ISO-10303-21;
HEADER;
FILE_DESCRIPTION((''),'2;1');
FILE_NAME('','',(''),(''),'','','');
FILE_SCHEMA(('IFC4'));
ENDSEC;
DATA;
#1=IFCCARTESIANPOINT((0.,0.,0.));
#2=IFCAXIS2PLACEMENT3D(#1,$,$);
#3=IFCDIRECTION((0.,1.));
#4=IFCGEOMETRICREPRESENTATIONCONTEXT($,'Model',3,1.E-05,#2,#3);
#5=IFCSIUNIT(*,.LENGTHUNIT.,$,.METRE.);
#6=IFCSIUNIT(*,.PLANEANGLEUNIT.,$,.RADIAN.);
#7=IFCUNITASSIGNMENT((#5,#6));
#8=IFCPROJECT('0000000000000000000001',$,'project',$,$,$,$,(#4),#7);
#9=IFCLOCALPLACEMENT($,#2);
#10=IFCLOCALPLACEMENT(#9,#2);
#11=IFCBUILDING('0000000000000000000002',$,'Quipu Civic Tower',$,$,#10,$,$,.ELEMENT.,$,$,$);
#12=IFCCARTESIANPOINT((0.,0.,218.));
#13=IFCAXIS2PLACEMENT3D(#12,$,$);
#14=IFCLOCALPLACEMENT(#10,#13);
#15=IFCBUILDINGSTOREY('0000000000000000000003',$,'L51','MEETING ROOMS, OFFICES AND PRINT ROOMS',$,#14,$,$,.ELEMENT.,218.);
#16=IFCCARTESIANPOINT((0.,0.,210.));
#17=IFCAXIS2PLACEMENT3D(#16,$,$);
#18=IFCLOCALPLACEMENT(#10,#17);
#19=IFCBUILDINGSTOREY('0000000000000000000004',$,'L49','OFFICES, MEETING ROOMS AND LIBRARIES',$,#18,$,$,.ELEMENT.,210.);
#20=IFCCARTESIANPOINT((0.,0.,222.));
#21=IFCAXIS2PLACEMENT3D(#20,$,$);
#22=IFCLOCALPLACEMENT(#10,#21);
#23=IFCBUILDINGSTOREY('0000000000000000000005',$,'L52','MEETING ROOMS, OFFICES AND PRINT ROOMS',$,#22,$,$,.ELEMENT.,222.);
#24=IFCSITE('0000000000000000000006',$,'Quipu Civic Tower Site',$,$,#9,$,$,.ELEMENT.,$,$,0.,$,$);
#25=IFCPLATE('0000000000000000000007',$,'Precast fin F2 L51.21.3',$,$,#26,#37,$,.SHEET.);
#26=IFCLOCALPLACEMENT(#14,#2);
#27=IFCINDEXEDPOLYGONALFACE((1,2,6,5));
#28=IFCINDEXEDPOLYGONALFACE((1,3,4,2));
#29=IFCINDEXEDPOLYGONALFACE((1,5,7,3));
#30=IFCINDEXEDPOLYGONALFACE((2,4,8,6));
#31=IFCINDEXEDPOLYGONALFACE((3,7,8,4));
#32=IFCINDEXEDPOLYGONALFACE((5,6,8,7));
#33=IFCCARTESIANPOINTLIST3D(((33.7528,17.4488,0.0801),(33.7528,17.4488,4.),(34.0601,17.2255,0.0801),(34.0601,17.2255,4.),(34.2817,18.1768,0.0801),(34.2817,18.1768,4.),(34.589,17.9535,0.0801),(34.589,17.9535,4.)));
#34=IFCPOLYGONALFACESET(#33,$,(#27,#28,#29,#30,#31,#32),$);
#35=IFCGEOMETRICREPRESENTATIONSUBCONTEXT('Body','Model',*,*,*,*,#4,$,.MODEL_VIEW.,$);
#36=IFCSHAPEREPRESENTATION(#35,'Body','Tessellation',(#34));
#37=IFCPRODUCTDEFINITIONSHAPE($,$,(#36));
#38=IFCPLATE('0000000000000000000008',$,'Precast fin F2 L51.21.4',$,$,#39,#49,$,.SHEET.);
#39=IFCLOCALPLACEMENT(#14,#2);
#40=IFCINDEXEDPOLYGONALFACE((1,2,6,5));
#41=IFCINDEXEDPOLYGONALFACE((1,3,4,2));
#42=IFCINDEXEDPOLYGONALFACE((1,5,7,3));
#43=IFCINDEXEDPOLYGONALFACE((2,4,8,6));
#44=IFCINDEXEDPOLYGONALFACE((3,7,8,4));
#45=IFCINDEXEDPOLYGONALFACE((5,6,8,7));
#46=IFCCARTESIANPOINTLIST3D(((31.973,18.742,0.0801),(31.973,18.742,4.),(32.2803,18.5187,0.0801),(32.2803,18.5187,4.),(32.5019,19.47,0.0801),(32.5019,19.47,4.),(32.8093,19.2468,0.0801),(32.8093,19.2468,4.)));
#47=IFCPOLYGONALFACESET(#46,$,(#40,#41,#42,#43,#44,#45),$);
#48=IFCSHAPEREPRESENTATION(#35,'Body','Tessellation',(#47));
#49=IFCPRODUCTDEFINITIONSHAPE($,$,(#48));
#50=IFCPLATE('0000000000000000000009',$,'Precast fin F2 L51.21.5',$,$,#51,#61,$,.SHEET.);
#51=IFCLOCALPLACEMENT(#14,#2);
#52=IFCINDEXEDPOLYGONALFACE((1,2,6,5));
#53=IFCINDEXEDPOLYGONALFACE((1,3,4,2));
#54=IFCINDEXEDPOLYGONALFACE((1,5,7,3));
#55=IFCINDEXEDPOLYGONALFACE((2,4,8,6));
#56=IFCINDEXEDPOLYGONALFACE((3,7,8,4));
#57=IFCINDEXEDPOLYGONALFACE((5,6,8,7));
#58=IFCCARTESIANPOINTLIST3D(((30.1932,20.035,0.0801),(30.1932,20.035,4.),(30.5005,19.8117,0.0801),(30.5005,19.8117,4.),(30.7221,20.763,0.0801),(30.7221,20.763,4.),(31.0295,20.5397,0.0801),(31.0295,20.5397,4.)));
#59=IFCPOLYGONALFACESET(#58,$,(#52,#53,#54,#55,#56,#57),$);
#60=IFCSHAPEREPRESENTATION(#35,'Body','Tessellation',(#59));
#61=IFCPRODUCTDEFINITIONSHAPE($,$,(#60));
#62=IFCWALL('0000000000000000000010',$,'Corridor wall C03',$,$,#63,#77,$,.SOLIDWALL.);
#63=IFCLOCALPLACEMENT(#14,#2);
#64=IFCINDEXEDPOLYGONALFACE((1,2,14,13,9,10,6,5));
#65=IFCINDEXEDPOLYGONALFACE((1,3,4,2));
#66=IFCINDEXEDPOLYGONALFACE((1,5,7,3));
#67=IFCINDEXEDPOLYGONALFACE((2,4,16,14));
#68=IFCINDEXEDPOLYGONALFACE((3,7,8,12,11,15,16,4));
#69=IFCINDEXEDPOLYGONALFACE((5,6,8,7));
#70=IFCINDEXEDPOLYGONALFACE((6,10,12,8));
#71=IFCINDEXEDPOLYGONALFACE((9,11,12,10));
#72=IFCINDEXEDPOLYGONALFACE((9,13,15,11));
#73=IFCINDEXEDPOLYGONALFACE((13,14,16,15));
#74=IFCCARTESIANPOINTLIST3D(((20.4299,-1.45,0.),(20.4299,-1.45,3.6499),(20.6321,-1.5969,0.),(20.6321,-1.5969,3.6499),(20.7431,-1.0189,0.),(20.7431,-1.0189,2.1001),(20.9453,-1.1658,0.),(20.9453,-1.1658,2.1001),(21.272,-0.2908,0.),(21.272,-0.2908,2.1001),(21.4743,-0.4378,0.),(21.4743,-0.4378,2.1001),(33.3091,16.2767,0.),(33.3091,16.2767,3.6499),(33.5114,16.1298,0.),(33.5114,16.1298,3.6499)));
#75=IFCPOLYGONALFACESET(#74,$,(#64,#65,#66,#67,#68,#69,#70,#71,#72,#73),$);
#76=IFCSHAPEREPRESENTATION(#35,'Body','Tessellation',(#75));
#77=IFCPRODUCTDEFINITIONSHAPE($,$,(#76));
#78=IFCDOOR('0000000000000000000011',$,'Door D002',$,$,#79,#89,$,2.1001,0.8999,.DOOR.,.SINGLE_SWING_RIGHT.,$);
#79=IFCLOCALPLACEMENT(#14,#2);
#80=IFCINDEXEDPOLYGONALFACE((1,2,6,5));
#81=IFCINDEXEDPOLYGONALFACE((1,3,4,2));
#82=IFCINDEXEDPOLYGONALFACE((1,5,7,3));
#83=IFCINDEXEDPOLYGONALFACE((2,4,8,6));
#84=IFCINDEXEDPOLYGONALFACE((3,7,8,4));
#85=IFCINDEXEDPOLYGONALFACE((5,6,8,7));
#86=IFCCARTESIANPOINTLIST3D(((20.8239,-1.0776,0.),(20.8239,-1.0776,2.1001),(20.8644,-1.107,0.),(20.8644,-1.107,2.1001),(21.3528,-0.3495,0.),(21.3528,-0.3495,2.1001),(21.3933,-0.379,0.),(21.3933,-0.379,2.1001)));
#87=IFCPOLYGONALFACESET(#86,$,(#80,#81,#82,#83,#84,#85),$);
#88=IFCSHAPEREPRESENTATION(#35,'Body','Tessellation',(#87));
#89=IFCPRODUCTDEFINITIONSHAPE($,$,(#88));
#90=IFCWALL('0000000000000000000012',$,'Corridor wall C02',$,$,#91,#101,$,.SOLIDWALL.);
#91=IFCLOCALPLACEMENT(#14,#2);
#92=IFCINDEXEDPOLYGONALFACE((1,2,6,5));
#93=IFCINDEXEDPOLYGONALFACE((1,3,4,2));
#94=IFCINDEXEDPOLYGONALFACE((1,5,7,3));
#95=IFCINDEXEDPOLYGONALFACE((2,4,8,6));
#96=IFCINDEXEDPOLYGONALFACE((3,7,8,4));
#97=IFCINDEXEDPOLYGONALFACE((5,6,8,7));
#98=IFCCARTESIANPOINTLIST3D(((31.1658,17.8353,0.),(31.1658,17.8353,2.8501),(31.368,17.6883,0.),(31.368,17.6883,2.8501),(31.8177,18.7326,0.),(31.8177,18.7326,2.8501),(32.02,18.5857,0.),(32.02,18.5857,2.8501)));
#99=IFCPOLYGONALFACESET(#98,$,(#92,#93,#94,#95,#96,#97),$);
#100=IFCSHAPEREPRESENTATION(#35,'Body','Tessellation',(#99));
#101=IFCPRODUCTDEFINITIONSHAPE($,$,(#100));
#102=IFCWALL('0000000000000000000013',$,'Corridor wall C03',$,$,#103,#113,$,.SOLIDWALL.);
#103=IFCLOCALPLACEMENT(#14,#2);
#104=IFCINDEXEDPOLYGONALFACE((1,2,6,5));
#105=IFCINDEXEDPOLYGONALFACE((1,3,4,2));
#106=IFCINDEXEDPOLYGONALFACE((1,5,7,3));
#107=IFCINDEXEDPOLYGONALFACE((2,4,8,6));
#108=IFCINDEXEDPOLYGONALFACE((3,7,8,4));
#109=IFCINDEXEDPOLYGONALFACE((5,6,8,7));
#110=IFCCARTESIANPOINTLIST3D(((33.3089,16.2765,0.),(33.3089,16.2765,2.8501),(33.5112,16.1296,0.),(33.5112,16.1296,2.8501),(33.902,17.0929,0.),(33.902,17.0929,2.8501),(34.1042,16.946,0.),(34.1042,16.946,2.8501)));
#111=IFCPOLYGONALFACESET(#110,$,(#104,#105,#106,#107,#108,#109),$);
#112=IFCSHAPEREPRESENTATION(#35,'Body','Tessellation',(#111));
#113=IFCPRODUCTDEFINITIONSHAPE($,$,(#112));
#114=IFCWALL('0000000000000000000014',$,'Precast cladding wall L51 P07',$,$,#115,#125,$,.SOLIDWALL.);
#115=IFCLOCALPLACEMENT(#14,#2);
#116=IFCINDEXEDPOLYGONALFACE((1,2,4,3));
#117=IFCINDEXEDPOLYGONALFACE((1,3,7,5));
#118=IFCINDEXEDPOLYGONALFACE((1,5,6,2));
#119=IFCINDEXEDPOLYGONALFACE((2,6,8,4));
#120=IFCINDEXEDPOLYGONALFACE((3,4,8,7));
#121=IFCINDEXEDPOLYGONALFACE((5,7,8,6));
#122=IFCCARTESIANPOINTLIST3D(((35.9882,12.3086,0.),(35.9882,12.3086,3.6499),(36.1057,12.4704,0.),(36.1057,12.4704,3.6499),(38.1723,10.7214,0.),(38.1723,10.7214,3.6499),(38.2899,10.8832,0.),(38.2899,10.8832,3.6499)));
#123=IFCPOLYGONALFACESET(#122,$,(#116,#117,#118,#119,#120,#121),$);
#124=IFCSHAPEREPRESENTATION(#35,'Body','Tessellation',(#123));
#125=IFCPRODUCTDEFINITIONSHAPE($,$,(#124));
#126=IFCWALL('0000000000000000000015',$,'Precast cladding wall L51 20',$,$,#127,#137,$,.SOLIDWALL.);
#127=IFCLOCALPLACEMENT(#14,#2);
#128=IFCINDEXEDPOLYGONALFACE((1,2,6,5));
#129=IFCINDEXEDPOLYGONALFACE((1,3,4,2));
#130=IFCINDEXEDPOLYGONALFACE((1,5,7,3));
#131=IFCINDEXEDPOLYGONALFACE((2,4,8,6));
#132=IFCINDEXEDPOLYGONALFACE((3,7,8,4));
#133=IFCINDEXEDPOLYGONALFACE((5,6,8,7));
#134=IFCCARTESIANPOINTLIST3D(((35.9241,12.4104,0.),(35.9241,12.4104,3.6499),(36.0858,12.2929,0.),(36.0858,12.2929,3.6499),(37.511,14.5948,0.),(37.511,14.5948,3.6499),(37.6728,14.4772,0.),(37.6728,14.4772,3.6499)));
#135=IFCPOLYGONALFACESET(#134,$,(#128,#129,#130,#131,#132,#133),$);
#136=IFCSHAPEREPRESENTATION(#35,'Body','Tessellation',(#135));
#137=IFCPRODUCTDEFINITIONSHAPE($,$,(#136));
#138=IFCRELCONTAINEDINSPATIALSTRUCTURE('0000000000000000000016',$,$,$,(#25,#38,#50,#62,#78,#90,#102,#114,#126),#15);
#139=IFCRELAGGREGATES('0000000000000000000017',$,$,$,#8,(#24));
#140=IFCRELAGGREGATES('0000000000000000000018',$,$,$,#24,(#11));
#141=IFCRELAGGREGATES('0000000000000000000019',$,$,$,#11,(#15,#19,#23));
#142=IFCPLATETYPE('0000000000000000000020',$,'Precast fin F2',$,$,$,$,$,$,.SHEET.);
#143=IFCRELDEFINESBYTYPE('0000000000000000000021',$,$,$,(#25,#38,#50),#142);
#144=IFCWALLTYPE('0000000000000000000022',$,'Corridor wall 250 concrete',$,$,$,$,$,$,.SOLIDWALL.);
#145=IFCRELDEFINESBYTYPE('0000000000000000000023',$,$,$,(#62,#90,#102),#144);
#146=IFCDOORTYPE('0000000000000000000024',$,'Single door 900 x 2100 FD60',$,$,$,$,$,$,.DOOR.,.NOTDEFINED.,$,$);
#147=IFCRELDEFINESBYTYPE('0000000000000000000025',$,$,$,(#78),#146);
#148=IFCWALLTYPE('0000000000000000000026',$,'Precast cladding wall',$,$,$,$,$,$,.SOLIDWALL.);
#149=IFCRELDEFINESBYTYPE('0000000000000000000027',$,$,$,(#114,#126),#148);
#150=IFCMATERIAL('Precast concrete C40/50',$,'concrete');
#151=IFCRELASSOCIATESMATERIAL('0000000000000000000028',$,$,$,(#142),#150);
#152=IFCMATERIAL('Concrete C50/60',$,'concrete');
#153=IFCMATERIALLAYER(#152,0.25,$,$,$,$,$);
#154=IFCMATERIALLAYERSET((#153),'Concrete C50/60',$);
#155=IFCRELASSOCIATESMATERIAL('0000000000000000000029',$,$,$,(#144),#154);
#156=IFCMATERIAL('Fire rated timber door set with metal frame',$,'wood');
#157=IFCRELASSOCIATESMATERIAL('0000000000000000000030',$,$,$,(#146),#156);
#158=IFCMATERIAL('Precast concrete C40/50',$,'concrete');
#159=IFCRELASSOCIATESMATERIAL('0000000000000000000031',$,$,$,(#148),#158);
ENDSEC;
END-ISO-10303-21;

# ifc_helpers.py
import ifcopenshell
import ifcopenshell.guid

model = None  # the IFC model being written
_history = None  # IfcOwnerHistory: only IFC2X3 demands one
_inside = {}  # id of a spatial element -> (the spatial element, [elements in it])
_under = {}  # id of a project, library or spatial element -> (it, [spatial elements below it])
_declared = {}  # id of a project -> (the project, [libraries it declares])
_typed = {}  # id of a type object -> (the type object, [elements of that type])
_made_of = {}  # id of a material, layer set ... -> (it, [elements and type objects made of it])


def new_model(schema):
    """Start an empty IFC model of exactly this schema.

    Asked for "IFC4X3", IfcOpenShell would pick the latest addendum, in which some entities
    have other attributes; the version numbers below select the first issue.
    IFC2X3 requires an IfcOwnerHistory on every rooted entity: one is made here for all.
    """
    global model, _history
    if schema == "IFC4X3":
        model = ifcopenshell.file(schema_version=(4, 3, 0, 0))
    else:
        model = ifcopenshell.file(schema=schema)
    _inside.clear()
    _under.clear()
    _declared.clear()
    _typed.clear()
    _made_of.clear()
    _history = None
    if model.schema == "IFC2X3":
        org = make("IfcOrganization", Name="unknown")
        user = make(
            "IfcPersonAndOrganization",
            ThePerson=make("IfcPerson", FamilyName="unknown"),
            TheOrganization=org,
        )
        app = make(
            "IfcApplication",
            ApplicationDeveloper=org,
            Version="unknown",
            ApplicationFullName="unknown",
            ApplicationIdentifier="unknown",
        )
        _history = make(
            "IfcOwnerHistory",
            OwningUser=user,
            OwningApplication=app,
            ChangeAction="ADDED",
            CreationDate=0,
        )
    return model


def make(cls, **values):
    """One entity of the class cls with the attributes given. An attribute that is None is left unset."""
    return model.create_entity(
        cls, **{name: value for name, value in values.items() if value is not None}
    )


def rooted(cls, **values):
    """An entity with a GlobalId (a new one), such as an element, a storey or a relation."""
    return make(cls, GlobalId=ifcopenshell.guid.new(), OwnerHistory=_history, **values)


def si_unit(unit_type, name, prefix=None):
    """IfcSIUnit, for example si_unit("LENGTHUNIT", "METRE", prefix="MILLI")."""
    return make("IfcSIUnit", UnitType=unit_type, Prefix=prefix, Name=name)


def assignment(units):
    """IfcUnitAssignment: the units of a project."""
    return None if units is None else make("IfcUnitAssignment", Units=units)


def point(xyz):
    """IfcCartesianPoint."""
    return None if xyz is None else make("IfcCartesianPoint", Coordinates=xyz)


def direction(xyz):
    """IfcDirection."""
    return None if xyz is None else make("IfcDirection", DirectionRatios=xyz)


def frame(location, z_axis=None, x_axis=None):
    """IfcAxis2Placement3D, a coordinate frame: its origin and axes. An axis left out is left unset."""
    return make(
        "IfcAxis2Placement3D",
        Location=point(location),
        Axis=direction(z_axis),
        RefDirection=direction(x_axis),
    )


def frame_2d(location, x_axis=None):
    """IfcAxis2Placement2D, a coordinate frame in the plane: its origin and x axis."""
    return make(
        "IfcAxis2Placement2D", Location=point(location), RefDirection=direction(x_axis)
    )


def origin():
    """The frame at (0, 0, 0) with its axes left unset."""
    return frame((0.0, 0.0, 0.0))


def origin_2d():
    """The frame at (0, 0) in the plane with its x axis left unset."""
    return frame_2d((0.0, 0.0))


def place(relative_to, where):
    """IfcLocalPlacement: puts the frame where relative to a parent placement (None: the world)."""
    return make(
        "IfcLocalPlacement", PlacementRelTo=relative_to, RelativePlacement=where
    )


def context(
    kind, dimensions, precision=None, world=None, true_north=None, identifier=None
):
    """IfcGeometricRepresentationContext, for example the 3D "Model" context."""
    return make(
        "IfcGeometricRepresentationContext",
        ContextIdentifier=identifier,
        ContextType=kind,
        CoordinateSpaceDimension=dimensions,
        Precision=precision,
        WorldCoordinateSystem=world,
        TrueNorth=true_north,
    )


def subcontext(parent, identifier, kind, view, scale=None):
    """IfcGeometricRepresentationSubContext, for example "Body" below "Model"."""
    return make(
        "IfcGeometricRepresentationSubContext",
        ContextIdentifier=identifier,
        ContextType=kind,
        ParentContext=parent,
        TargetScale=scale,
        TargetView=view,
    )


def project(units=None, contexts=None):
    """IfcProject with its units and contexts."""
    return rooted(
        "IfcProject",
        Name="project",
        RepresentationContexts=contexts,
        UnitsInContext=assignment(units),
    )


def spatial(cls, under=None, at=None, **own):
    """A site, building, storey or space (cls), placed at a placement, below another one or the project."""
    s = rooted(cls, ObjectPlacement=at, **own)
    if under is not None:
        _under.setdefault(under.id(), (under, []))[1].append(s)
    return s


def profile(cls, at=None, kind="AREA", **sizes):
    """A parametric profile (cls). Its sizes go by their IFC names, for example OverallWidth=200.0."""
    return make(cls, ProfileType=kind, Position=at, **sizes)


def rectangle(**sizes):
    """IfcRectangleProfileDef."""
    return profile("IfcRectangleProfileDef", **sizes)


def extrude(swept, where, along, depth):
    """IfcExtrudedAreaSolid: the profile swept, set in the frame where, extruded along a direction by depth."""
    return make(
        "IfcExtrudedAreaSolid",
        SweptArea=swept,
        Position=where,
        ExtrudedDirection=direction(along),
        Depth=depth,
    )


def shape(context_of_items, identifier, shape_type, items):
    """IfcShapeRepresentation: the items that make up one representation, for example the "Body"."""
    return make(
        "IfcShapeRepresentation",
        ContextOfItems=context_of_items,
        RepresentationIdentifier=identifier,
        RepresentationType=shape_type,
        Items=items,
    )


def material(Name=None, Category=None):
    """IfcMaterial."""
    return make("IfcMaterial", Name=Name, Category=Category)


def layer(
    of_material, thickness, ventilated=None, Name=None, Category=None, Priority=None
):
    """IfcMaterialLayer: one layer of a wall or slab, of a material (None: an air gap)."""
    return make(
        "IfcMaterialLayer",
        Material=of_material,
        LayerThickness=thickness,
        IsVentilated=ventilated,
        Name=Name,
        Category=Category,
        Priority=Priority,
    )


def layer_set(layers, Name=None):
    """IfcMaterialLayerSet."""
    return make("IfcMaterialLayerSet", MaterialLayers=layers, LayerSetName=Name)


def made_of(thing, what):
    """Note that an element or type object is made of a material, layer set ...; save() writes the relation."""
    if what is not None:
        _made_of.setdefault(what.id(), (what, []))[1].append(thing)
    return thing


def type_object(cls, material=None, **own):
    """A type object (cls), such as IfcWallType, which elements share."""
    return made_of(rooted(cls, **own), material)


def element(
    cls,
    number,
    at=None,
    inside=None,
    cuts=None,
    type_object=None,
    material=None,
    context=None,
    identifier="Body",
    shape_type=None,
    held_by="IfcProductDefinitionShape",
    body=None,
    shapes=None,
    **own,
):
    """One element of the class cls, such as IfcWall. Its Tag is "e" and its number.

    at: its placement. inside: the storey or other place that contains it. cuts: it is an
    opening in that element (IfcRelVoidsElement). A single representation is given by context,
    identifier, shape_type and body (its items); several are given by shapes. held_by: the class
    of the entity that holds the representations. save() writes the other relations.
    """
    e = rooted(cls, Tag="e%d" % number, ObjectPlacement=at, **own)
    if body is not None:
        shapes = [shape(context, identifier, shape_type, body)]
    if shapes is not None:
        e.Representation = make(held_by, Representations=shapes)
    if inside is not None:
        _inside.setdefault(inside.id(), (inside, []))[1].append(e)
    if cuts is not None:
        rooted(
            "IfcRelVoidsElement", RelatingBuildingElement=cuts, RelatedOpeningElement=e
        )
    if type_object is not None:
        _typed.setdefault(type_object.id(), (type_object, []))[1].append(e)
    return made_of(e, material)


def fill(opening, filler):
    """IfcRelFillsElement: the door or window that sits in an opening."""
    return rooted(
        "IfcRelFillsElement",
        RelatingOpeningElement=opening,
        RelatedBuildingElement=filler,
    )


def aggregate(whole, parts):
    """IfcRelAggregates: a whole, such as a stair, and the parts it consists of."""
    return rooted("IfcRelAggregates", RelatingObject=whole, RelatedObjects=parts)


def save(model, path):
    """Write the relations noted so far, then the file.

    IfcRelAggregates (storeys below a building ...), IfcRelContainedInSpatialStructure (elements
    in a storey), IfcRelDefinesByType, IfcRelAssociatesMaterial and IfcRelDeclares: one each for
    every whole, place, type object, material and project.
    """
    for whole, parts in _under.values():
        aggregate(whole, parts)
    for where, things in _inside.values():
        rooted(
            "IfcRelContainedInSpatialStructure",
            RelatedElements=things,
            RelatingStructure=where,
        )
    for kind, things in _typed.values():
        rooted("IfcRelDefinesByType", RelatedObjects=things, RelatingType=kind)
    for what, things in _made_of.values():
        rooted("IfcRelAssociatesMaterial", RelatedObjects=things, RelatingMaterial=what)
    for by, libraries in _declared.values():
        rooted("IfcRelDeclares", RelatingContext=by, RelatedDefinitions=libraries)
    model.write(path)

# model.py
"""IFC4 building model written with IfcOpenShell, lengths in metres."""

from ifc_helpers import new_model, si_unit, direction, frame, frame_2d, origin, origin_2d, place, context, subcontext, project, spatial, rectangle, extrude, material, layer, layer_set, type_object, element, fill, save


model = new_model("IFC4")

# Units and contexts
model_context = context("Model", 3, precision=1e-05, world=origin(), true_north=direction((0.0, 1.0)))
body_context = subcontext(model_context, "Body", "Model", "MODEL_VIEW")
ifc_project = project(units=[si_unit("LENGTHUNIT", "METRE"), si_unit("PLANEANGLEUNIT", "RADIAN")], contexts=[model_context])

# Site, building, storey
site_placement = place(None, origin())
site = spatial("IfcSite", under=ifc_project, at=site_placement, Name="Quipu Civic Tower Site", CompositionType="ELEMENT", RefElevation=0.0)
building_placement = place(site_placement, origin())
building = spatial("IfcBuilding", under=site, at=building_placement, Name="Quipu Civic Tower", CompositionType="ELEMENT")
storey_1_placement = place(building_placement, frame((0.0, 0.0, 218.0)))
storey_1 = spatial("IfcBuildingStorey", under=building, at=storey_1_placement, Name="L51", Description="MEETING ROOMS, OFFICES AND PRINT ROOMS", CompositionType="ELEMENT", Elevation=218.0)

# Shared definitions
storey_2_placement = place(building_placement, frame((0.0, 0.0, 210.0)))
storey_2 = spatial("IfcBuildingStorey", under=building, at=storey_2_placement, Name="L49", Description="OFFICES, MEETING ROOMS AND LIBRARIES", CompositionType="ELEMENT", Elevation=210.0)

# Shared definitions
storey_3_placement = place(building_placement, frame((0.0, 0.0, 222.0)))
storey_3 = spatial("IfcBuildingStorey", under=building, at=storey_3_placement, Name="L52", Description="MEETING ROOMS, OFFICES AND PRINT ROOMS", CompositionType="ELEMENT", Elevation=222.0)

# Plates
ifc_material_1 = material(Name="Precast concrete C40/50", Category="concrete")
plate_type_1 = type_object("IfcPlateType", Name="Precast fin F2", PredefinedType="SHEET", material=ifc_material_1)
for number, where, z_axis, x_axis, name in (
    (1, (34.1709, 17.7012, 0.0801), (0.0, 0.0, 1.0), (-0.809017, 0.587785, 0.0), "Precast fin F2 L51.21.3"),
    (2, (32.3911, 18.9944, 0.0801), (0.0, 0.0, 1.0), (-0.809017, 0.587785, 0.0), "Precast fin F2 L51.21.4"),
    (3, (30.6113, 20.2874, 0.0801), (0.0, 0.0, 1.0), (-0.809017, 0.587785, 0.0), "Precast fin F2 L51.21.5"),
):
    element("IfcPlate", number, at=place(storey_1_placement, frame(where, z_axis=z_axis, x_axis=x_axis)), inside=storey_1, type_object=plate_type_1, Name=name, PredefinedType="SHEET", context=body_context, shape_type="SweptSolid", body=[
        extrude(rectangle(XDim=0.3799, YDim=0.8999, at=origin_2d()), origin(), (0.0, 0.0, 1.0), 3.9199),
    ])

# Wall, opening, door
ifc_material_2 = material(Name="Concrete C50/60", Category="concrete")
ifc_layer_1 = layer(ifc_material_2, 0.25)
ifc_layer_set_1 = layer_set([ifc_layer_1], Name="Concrete C50/60")
wall_type_1 = type_object("IfcWallType", Name="Corridor wall 250 concrete", PredefinedType="SOLIDWALL", material=ifc_layer_set_1)
wall_1_placement = place(storey_1_placement, frame((33.4102, 16.2031, 0.0), z_axis=(0.0, 0.0, 1.0), x_axis=(-0.587787, -0.809016, 0.0)))
wall_1 = element("IfcWall", 4, at=wall_1_placement, inside=storey_1, type_object=wall_type_1, Name="Corridor wall C03", PredefinedType="SOLIDWALL", context=body_context, shape_type="SweptSolid", body=[
    extrude(rectangle(XDim=21.9114, YDim=0.25, at=frame_2d((10.9556, 0.0))), origin(), (0.0, 0.0, 1.0), 3.6499),
])
opening_placement = place(wall_1_placement, frame((20.4785, 0.0, 0.0)))
opening = element("IfcOpeningElement", 5, at=opening_placement, cuts=wall_1, PredefinedType="OPENING", context=body_context, shape_type="SweptSolid", body=[
    extrude(rectangle(XDim=0.8999, YDim=2.1001, at=frame_2d((0.45, 1.05))), frame((0.0, 0.135, 0.0), z_axis=(0.0, -1.0, 0.0), x_axis=(1.0, 0.0, 0.0)), (0.0, 0.0, 1.0), 0.27),
])
ifc_material_3 = material(Name="Fire rated timber door set with metal frame", Category="wood")
door_type = type_object("IfcDoorType", Name="Single door 900 x 2100 FD60", OperationType="NOTDEFINED", PredefinedType="DOOR", material=ifc_material_3)
door_placement = place(opening_placement, origin())
door = element("IfcDoor", 6, at=door_placement, inside=storey_1, type_object=door_type, Name="Door D002", OperationType="SINGLE_SWING_RIGHT", OverallHeight=2.1001, OverallWidth=0.8999, PredefinedType="DOOR", context=body_context, shape_type="SweptSolid", body=[
    extrude(rectangle(XDim=0.8999, YDim=2.1001, at=frame_2d((0.45, 1.05))), frame((0.0, 0.0249, 0.0), z_axis=(0.0, -1.0, 0.0), x_axis=(1.0, 0.0, 0.0)), (0.0, 0.0, 1.0), 0.05),
])
fill(opening, door)

# Walls
wall_2_placement = place(storey_1_placement, frame((31.2668, 17.7617, 0.0), z_axis=(0.0, 0.0, 1.0), x_axis=(0.587779, 0.809022, 0.0)))
element("IfcWall", 7, at=wall_2_placement, inside=storey_1, type_object=wall_type_1, Name="Corridor wall C02", PredefinedType="SOLIDWALL", context=body_context, shape_type="SweptSolid", body=[
    extrude(rectangle(XDim=1.1091, YDim=0.25, at=frame_2d((0.5547, 0.0))), origin(), (0.0, 0.0, 1.0), 2.8501),
])
wall_3_placement = place(storey_1_placement, frame((33.4102, 16.2031, 0.0), z_axis=(0.0, 0.0, 1.0), x_axis=(0.587697, 0.809081, 0.0)))
element("IfcWall", 8, at=wall_3_placement, inside=storey_1, type_object=wall_type_1, Name="Corridor wall C03", PredefinedType="SOLIDWALL", context=body_context, shape_type="SweptSolid", body=[
    extrude(rectangle(XDim=1.009, YDim=0.25, at=frame_2d((0.5044, 0.0))), origin(), (0.0, 0.0, 1.0), 2.8501),
])
ifc_material_4 = material(Name="Precast concrete C40/50", Category="concrete")
wall_type_2 = type_object("IfcWallType", Name="Precast cladding wall", PredefinedType="SOLIDWALL", material=ifc_material_4)
for number, where, z_axis, x_axis, name in (
    (9, (38.2312, 10.8022, 0.0), (0.0, 0.0, 1.0), (-0.808959, 0.587865, 0.0), "Precast cladding wall L51 P07"),
    (10, (36.0049, 12.3516, 0.0), (0.0, 0.0, 1.0), (0.587763, 0.809033, 0.0), "Precast cladding wall L51 20"),
):
    element("IfcWall", number, at=place(storey_1_placement, frame(where, z_axis=z_axis, x_axis=x_axis)), inside=storey_1, type_object=wall_type_2, Name=name, PredefinedType="SOLIDWALL", context=body_context, shape_type="SweptSolid", body=[
        extrude(rectangle(XDim=2.7, YDim=0.2, at=frame_2d((1.3501, 0.0))), origin(), (0.0, 0.0, 1.0), 3.6499),
    ])

save(model, "model.ifc")
